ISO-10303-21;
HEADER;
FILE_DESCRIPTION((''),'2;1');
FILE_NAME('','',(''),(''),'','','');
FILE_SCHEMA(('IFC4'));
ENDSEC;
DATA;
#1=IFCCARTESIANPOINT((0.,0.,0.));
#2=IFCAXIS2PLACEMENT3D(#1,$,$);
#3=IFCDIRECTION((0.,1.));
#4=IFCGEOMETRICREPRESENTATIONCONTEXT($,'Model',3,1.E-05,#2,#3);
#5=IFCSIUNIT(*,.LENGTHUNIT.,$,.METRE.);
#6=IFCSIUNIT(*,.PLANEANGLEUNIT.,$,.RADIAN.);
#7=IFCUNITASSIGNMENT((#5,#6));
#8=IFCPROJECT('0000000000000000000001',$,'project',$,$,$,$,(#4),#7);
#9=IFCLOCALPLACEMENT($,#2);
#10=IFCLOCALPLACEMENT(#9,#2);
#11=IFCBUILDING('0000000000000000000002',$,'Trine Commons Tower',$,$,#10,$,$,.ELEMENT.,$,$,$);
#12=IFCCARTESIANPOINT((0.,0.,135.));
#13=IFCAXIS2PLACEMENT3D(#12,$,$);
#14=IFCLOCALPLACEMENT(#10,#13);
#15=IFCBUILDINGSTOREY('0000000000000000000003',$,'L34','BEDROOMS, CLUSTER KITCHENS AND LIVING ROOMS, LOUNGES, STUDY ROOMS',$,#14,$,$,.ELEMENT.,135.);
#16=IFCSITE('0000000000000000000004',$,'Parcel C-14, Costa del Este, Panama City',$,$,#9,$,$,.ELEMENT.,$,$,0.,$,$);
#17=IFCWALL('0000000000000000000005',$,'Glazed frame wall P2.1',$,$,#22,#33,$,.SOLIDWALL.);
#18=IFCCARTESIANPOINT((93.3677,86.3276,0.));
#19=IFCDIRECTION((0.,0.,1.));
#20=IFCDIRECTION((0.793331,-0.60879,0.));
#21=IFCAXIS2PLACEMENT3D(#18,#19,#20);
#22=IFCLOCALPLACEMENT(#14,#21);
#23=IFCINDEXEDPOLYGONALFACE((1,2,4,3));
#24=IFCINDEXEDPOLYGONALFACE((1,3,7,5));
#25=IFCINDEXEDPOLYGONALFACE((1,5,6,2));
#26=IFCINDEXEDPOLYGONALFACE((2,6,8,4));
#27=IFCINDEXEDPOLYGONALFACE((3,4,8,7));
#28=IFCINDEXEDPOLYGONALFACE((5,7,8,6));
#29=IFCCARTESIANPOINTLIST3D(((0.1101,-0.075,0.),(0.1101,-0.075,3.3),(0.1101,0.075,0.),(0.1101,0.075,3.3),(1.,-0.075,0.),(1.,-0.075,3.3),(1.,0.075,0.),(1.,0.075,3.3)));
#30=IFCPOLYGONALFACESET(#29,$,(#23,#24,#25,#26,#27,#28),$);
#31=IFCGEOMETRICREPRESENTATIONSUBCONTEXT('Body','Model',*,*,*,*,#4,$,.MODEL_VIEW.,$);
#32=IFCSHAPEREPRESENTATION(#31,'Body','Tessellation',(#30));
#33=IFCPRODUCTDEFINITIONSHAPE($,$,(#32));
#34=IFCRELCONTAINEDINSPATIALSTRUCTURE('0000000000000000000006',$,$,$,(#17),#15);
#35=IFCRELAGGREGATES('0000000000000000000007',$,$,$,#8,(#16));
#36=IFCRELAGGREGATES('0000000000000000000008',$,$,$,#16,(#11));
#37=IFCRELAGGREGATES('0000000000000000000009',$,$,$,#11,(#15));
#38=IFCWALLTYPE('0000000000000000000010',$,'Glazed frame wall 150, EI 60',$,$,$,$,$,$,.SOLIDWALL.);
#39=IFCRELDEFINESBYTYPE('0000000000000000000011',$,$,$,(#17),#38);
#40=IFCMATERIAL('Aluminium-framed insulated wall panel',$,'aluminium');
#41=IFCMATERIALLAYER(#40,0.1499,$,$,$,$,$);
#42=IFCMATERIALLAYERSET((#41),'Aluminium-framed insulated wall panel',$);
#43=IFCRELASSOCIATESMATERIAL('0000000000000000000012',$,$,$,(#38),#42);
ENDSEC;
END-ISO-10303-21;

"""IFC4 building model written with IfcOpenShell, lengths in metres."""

from ifc_helpers import new_model, si_unit, direction, frame, origin, place, context, subcontext, project, spatial, polyline, outline, extrude, material, layer, layer_set, type_object, element, save


model = new_model("IFC4")

# Units and contexts
model_context = context("Model", 3, precision=1e-05, world=origin(), true_north=direction((0.0, 1.0)))
body_context = subcontext(model_context, "Body", "Model", "MODEL_VIEW")
ifc_project = project(units=[si_unit("LENGTHUNIT", "METRE"), si_unit("PLANEANGLEUNIT", "RADIAN")], contexts=[model_context])

# Site, building, storey
site_placement = place(None, origin())
site = spatial("IfcSite", under=ifc_project, at=site_placement, Name="Parcel C-14, Costa del Este, Panama City", CompositionType="ELEMENT", RefElevation=0.0)
building_placement = place(site_placement, origin())
building = spatial("IfcBuilding", under=site, at=building_placement, Name="Trine Commons Tower", CompositionType="ELEMENT")
storey_placement = place(building_placement, frame((0.0, 0.0, 135.0)))
storey = spatial("IfcBuildingStorey", under=building, at=storey_placement, Name="L34", Description="BEDROOMS, CLUSTER KITCHENS AND LIVING ROOMS, LOUNGES, STUDY ROOMS", CompositionType="ELEMENT", Elevation=135.0)

# Wall
ifc_material_1 = material(Name="Aluminium-framed insulated wall panel", Category="aluminium")
ifc_layer_1 = layer(ifc_material_1, 0.1499)
ifc_layer_set_1 = layer_set([ifc_layer_1], Name="Aluminium-framed insulated wall panel")
wall_type_1 = type_object("IfcWallType", Name="Glazed frame wall 150, EI 60", PredefinedType="SOLIDWALL", material=ifc_layer_set_1)
wall_1_placement = place(storey_placement, frame((93.3677, 86.3276, 0.0), z_axis=(0.0, 0.0, 1.0), x_axis=(0.793331, -0.60879, 0.0)))
element("IfcWall", 1, at=wall_1_placement, inside=storey, type_object=wall_type_1, Name="Glazed frame wall P2.1", PredefinedType="SOLIDWALL", context=body_context, shape_type="SweptSolid", body=[
    extrude(outline(polyline([(0.1101, -0.075), (1.0, -0.075), (1.0, 0.075), (0.1101, 0.075), (0.1101, -0.075)])), origin(), (0.0, 0.0, 1.0), 3.3),
])

save(model, "model.ifc")
